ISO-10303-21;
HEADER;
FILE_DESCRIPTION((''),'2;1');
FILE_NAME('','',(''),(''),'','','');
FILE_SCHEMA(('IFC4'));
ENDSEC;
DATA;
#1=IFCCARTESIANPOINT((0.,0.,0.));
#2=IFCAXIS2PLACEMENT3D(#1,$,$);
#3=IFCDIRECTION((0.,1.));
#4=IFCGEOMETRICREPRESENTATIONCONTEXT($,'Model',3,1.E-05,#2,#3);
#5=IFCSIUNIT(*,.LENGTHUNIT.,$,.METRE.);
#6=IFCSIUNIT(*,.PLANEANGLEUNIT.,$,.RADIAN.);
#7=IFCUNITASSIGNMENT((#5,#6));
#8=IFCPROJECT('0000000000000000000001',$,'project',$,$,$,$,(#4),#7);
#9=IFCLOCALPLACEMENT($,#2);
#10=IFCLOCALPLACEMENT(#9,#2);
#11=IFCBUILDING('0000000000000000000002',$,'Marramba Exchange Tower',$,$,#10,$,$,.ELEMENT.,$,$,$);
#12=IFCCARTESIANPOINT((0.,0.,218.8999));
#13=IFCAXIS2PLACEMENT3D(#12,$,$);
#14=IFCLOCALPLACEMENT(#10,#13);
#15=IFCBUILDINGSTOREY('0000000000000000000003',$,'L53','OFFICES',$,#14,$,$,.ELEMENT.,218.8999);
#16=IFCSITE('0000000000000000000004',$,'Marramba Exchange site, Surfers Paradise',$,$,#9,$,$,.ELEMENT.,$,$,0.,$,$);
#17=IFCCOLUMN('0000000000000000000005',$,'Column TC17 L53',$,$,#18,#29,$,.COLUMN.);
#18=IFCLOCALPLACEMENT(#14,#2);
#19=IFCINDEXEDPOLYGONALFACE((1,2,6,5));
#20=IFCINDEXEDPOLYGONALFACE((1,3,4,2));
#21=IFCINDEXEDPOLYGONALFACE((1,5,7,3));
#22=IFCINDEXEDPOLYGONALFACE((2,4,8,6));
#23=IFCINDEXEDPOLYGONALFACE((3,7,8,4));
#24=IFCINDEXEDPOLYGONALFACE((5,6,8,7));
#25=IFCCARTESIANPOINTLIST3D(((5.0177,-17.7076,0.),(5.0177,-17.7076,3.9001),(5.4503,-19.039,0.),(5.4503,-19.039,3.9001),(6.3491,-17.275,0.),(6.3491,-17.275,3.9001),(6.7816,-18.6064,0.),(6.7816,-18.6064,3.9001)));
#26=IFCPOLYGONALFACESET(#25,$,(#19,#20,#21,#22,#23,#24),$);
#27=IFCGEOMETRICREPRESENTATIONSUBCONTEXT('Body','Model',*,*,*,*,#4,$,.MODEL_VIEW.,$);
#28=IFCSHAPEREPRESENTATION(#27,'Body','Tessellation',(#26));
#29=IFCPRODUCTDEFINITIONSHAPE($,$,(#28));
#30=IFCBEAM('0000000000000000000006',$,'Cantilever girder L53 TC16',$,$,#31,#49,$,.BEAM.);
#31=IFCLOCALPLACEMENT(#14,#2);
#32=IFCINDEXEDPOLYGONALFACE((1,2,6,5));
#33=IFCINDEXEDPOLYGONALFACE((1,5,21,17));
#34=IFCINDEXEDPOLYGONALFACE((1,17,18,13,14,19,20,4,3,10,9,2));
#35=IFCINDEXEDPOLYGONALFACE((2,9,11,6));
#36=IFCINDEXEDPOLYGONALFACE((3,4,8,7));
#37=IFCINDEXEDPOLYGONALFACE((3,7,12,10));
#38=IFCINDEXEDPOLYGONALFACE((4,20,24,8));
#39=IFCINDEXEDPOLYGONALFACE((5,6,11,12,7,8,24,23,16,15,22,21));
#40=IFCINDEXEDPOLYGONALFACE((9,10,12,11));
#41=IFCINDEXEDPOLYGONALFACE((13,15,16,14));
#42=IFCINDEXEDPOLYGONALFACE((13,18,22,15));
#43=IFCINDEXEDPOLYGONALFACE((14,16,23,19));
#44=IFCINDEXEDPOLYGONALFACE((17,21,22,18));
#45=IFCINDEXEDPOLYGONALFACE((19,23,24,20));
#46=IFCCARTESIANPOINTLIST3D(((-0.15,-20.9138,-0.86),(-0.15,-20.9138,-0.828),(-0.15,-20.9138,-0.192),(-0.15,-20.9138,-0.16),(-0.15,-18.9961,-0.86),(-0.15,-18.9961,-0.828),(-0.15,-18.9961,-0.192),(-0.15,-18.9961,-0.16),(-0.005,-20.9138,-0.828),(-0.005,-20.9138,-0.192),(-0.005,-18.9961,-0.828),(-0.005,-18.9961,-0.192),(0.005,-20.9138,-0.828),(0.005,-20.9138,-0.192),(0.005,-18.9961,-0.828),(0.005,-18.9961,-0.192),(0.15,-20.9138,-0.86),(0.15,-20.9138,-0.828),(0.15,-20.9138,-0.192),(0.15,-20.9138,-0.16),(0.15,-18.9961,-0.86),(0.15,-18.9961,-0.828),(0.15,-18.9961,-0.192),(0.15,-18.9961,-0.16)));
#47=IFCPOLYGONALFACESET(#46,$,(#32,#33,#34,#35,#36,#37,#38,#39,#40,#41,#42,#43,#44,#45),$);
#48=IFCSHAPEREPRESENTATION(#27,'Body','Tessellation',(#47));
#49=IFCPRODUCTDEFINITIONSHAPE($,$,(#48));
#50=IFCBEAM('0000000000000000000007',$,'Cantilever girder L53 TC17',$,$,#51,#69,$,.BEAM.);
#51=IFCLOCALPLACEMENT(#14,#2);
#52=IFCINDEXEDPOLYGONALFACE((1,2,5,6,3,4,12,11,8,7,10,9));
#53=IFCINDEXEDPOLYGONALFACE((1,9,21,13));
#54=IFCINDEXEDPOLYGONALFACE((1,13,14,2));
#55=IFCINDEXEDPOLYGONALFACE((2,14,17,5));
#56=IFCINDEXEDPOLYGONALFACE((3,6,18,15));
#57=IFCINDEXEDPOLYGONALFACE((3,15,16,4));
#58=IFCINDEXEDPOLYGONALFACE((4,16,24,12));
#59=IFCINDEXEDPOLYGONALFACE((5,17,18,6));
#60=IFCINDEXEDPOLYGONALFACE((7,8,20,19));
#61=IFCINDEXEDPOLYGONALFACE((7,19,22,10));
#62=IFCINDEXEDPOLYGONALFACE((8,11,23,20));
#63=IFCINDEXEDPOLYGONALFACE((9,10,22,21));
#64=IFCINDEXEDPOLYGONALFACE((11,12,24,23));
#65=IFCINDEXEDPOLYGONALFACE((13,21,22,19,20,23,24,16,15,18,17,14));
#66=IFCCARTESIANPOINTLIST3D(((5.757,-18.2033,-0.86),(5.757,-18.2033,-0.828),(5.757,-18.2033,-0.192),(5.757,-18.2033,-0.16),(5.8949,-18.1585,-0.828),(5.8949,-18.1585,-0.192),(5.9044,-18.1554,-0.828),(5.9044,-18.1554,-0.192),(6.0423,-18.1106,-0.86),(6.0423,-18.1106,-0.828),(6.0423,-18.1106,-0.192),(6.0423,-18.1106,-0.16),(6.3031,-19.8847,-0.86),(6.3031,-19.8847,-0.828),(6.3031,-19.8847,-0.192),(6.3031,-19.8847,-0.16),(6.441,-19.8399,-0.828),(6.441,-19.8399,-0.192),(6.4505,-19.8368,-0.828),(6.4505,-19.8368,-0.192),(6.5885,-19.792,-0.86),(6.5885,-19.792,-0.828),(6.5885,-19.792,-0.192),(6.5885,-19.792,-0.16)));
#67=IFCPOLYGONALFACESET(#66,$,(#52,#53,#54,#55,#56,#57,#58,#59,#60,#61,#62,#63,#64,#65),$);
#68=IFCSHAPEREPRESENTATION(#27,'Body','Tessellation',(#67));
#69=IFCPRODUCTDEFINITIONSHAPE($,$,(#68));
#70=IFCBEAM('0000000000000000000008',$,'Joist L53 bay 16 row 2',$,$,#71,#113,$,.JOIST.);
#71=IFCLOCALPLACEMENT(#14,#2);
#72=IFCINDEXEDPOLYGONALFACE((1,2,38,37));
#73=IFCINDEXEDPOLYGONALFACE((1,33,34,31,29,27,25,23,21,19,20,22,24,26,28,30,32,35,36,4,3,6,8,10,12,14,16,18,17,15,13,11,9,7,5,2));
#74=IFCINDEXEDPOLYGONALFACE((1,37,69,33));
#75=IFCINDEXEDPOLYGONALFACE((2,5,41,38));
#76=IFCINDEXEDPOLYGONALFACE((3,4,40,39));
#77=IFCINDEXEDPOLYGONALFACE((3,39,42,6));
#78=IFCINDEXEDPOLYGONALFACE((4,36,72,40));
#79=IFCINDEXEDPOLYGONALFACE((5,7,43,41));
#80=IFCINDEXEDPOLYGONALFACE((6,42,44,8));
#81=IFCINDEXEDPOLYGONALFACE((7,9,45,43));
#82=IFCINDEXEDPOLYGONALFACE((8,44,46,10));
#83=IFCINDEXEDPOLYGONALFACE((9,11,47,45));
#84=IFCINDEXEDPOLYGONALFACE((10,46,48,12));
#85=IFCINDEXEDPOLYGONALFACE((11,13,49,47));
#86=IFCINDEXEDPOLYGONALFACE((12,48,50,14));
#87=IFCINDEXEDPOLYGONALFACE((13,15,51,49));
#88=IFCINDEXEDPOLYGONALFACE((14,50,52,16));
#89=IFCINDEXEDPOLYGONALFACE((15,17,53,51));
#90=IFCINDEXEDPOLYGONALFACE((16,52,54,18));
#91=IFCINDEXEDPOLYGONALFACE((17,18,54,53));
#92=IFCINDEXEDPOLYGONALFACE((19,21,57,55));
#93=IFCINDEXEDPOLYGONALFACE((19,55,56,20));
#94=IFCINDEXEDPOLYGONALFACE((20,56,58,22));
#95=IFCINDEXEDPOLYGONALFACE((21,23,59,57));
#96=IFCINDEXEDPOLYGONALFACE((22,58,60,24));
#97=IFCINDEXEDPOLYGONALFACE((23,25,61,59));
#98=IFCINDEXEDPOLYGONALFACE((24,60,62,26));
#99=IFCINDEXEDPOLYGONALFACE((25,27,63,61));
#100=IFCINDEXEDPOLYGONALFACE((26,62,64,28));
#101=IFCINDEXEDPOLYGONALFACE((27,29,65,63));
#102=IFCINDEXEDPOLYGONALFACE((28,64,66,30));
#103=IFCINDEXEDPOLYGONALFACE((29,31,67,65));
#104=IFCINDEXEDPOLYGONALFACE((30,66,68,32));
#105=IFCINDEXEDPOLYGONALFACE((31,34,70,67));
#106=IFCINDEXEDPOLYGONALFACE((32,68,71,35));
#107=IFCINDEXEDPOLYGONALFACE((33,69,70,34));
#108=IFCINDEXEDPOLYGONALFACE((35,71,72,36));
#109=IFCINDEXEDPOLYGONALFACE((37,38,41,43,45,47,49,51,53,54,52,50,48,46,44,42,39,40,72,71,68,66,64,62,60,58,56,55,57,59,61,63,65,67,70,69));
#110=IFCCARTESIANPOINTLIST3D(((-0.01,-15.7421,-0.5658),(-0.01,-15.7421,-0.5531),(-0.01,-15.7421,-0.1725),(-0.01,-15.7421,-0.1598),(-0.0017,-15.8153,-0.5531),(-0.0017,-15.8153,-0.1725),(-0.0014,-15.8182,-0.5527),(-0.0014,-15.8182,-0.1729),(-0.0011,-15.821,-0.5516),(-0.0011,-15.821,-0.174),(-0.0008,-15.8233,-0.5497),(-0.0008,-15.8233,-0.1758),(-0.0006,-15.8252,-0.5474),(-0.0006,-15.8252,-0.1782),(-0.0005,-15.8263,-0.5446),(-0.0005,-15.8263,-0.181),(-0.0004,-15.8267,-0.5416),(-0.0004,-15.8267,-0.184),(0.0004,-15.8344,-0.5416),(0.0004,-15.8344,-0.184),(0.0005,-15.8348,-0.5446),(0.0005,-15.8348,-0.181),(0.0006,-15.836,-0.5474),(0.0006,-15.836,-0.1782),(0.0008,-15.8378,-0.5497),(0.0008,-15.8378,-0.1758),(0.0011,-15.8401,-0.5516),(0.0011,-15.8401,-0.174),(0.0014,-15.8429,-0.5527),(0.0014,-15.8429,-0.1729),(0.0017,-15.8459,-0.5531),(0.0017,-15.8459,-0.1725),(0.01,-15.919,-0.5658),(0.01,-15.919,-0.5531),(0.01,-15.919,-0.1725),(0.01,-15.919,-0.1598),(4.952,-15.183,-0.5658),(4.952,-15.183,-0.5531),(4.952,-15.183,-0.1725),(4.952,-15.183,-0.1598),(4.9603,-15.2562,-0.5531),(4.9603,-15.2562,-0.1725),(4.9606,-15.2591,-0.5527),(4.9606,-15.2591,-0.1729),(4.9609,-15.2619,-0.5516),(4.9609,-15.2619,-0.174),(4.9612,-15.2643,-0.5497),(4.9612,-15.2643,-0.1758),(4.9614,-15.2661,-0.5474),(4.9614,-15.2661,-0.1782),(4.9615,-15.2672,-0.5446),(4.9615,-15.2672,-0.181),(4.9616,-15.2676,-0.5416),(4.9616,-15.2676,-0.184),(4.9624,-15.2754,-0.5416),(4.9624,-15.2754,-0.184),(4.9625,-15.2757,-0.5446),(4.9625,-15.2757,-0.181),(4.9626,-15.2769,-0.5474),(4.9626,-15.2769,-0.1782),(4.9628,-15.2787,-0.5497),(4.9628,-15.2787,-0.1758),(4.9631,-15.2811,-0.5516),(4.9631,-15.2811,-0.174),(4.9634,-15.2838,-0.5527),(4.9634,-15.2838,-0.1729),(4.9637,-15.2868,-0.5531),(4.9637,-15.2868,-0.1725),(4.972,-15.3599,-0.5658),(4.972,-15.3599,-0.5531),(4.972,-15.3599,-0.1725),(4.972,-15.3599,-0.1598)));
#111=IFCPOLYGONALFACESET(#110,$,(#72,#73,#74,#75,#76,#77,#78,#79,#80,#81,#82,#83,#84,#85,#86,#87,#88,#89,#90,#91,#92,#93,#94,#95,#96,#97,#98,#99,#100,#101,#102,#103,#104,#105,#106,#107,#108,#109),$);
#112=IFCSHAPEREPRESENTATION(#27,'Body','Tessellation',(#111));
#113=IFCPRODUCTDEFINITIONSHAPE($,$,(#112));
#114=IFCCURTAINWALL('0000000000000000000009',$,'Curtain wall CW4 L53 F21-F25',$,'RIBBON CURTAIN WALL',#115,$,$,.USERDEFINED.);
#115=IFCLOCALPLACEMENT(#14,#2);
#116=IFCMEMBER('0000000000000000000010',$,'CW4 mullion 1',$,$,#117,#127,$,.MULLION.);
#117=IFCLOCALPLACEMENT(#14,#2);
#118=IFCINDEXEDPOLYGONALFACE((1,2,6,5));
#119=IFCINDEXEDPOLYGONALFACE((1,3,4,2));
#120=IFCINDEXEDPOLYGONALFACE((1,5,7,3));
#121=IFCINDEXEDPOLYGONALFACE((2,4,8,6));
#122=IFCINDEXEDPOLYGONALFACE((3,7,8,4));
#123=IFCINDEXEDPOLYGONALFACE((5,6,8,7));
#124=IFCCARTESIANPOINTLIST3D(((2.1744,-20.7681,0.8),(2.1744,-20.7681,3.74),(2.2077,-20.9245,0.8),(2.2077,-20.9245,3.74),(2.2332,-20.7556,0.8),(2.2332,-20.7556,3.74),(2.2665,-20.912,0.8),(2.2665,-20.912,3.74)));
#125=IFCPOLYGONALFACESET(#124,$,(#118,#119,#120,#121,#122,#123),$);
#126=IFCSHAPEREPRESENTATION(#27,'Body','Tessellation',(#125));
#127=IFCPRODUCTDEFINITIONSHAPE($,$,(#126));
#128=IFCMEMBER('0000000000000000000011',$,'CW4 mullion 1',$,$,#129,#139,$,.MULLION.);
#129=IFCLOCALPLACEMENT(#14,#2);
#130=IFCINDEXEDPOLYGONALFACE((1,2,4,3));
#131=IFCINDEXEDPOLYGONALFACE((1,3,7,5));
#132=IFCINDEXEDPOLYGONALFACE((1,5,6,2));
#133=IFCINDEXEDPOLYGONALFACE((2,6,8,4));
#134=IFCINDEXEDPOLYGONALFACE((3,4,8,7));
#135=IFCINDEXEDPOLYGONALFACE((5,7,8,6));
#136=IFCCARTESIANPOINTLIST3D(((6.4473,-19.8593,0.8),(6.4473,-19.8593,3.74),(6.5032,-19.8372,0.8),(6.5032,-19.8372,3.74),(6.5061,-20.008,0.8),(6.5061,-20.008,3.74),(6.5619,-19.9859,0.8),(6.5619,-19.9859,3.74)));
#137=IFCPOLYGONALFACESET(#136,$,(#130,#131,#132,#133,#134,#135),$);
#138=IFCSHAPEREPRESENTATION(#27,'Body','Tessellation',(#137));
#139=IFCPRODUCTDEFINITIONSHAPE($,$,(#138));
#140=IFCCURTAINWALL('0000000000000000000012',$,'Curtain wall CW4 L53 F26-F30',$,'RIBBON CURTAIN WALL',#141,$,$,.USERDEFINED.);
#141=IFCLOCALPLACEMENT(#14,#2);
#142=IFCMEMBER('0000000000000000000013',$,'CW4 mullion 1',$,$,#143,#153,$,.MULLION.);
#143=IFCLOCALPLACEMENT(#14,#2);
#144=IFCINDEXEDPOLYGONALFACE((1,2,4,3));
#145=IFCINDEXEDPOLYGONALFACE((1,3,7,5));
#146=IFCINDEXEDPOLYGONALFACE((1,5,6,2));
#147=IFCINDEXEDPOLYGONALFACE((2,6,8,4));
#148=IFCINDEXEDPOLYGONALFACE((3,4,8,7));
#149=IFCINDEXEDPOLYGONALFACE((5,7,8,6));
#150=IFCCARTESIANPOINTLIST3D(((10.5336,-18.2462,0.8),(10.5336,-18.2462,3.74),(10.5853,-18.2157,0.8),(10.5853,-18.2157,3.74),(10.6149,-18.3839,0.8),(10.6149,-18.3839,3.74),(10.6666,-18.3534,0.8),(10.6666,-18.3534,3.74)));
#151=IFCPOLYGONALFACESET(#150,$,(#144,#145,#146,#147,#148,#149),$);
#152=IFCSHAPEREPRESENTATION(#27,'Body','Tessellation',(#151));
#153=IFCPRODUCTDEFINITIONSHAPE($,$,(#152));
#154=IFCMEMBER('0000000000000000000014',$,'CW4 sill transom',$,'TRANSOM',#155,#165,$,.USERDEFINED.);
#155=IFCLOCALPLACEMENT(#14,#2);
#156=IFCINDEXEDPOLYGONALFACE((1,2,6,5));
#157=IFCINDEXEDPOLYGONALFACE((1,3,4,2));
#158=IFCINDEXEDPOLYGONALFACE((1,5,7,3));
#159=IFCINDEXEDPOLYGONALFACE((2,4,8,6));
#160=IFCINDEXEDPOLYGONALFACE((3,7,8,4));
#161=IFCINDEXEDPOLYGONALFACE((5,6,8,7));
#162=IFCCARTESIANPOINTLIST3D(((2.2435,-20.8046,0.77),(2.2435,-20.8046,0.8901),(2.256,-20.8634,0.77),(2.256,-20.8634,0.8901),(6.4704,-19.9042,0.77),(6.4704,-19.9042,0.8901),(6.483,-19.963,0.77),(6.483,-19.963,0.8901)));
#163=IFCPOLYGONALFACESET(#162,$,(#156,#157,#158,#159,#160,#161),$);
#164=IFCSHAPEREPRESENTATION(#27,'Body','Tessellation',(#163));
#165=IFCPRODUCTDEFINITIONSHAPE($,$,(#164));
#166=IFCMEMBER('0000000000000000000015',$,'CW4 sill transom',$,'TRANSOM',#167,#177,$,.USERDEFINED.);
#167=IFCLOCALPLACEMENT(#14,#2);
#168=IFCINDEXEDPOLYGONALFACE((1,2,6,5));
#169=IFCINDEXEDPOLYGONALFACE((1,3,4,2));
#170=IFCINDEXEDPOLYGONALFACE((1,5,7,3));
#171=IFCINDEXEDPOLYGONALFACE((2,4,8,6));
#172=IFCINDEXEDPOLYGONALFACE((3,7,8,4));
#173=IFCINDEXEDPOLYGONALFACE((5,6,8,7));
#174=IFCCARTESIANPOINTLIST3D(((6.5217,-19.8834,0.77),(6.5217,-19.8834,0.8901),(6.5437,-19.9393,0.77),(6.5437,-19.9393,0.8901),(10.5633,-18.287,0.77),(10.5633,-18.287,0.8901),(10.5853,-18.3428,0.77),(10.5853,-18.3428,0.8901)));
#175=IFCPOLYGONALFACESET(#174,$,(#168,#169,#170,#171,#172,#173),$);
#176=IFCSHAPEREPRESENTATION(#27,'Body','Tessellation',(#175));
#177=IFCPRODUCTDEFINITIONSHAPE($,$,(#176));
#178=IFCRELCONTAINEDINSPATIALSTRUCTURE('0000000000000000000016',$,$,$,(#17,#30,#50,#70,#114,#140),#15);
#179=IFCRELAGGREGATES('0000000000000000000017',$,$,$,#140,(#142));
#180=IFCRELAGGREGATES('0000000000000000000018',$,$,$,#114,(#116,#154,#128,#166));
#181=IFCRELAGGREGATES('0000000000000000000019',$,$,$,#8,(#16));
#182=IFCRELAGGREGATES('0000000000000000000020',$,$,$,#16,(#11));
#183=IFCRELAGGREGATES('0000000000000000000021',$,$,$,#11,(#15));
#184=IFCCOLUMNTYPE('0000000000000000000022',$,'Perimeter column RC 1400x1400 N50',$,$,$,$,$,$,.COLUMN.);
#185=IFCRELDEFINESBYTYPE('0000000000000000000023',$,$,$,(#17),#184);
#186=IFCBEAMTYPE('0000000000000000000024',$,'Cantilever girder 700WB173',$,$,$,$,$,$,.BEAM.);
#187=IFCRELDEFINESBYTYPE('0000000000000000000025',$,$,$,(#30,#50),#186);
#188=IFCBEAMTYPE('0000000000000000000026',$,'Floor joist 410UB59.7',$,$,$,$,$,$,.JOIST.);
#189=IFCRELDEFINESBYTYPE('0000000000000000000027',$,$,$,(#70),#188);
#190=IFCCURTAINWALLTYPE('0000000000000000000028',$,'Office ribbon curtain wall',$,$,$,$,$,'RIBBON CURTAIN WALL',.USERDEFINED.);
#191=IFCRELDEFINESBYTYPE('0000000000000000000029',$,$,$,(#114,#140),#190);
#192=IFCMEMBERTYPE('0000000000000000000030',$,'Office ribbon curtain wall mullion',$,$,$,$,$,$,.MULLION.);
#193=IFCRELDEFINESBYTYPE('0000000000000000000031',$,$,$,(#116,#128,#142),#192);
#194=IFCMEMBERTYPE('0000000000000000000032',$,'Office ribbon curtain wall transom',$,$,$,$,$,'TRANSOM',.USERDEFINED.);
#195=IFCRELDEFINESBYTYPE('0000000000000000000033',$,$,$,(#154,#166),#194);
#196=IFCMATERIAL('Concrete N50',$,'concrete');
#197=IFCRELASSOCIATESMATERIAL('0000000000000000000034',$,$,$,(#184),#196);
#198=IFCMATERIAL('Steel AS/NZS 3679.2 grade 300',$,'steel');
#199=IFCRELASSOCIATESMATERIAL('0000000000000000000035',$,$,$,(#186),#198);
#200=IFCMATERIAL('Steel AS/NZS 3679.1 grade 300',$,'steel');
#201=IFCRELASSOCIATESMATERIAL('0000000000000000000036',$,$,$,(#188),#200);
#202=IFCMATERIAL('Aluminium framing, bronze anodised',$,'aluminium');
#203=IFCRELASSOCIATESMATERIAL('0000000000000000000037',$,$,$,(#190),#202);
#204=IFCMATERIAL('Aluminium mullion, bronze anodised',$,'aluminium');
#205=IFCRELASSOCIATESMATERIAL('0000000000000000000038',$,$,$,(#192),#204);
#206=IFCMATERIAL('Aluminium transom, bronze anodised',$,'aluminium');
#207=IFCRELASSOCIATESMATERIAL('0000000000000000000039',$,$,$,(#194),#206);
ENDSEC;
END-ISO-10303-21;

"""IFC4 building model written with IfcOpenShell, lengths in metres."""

from ifc_helpers import new_model, si_unit, direction, frame, origin, origin_2d, place, context, subcontext, project, spatial, rectangle, i_section, extrude, material, material_profile, profile_set, type_object, element, aggregate, save


model = new_model("IFC4")

# Units and contexts
model_context = context("Model", 3, precision=1e-05, world=origin(), true_north=direction((0.0, 1.0)))
body_context = subcontext(model_context, "Body", "Model", "MODEL_VIEW")
ifc_project = project(units=[si_unit("LENGTHUNIT", "METRE"), si_unit("PLANEANGLEUNIT", "RADIAN")], contexts=[model_context])

# Site, building, storey
site_placement = place(None, origin())
site = spatial("IfcSite", under=ifc_project, at=site_placement, Name="Marramba Exchange site, Surfers Paradise", CompositionType="ELEMENT", RefElevation=0.0)
building_placement = place(site_placement, origin())
building = spatial("IfcBuilding", under=site, at=building_placement, Name="Marramba Exchange Tower", CompositionType="ELEMENT")
storey_placement = place(building_placement, frame((0.0, 0.0, 218.8999)))
storey = spatial("IfcBuildingStorey", under=building, at=storey_placement, Name="L53", Description="OFFICES", CompositionType="ELEMENT", Elevation=218.8999)

# Column
ifc_material_1 = material(Name="Concrete N50", Category="concrete")
ifc_material_profile_1 = material_profile(ifc_material_1, rectangle(XDim=1.3999, YDim=1.3999, at=origin_2d()), Name="RC 1400x1400")
ifc_profile_set_1 = profile_set([ifc_material_profile_1], Name="Concrete N50")
column_type = type_object("IfcColumnType", Name="Perimeter column RC 1400x1400 N50", PredefinedType="COLUMN", material=ifc_profile_set_1)
column_placement = place(storey_placement, frame((5.8997, -18.157, 0.0), z_axis=(0.0, 0.0, 1.0), x_axis=(0.309017, -0.951057, 0.0)))
element("IfcColumn", 1, at=column_placement, inside=storey, type_object=column_type, Name="Column TC17 L53", PredefinedType="COLUMN", context=body_context, shape_type="SweptSolid", body=[
    extrude(rectangle(XDim=1.3999, YDim=1.3999, at=origin_2d()), origin(), (0.0, 0.0, 1.0), 3.9001),
])

# Beams
ifc_material_2 = material(Name="Steel AS/NZS 3679.2 grade 300", Category="steel")
ifc_material_profile_2 = material_profile(ifc_material_2, i_section(OverallWidth=0.3, OverallDepth=0.7, WebThickness=0.01, FlangeThickness=0.032, at=origin_2d()), Name="700WB173")
ifc_profile_set_2 = profile_set([ifc_material_profile_2], Name="Steel AS/NZS 3679.2 grade 300")
beam_type_1 = type_object("IfcBeamType", Name="Cantilever girder 700WB173", PredefinedType="BEAM", material=ifc_profile_set_2)
beam_1_placement = place(storey_placement, frame((0.0, -18.9961, -0.51), z_axis=(0.0, -1.0, 0.0), x_axis=(1.0, 0.0, 0.0)))
element("IfcBeam", 2, at=beam_1_placement, inside=storey, type_object=beam_type_1, Name="Cantilever girder L53 TC16", PredefinedType="BEAM", context=body_context, shape_type="SweptSolid", body=[
    extrude(i_section(OverallWidth=0.3, OverallDepth=0.7, WebThickness=0.01, FlangeThickness=0.032, at=origin_2d()), origin(), (0.0, 0.0, 1.0), 1.9177),
])
beam_2_placement = place(storey_placement, frame((5.8997, -18.157, -0.51), z_axis=(0.308927, -0.951086, 0.0), x_axis=(0.951086, 0.308927, 0.0)))
element("IfcBeam", 3, at=beam_2_placement, inside=storey, type_object=beam_type_1, Name="Cantilever girder L53 TC17", PredefinedType="BEAM", context=body_context, shape_type="SweptSolid", body=[
    extrude(i_section(OverallWidth=0.3, OverallDepth=0.7, WebThickness=0.01, FlangeThickness=0.032, at=origin_2d()), origin(), (0.0, 0.0, 1.0), 1.7678),
])
ifc_material_3 = material(Name="Steel AS/NZS 3679.1 grade 300", Category="steel")
ifc_material_profile_3 = material_profile(ifc_material_3, i_section(OverallWidth=0.178, OverallDepth=0.406, WebThickness=0.0078, FlangeThickness=0.0127, FilletRadius=0.0115, at=origin_2d()), Name="410UB59.7")
ifc_profile_set_3 = profile_set([ifc_material_profile_3], Name="Steel AS/NZS 3679.1 grade 300")
beam_type_2 = type_object("IfcBeamType", Name="Floor joist 410UB59.7", PredefinedType="JOIST", material=ifc_profile_set_3)
beam_3_placement = place(storey_placement, frame((0.0, -15.8306, -0.3628), z_axis=(0.993712, 0.111966, 0.0), x_axis=(-0.111966, 0.993712, 0.0)))
element("IfcBeam", 4, at=beam_3_placement, inside=storey, type_object=beam_type_2, Name="Joist L53 bay 16 row 2", PredefinedType="JOIST", context=body_context, shape_type="SweptSolid", body=[
    extrude(i_section(OverallWidth=0.178, OverallDepth=0.406, WebThickness=0.0078, FlangeThickness=0.0127, FilletRadius=0.0115, at=origin_2d()), origin(), (0.0, 0.0, 1.0), 4.9934),
])

# Curtain wall, members
ifc_material_4 = material(Name="Aluminium framing, bronze anodised", Category="aluminium")
curtain_wall_type = type_object("IfcCurtainWallType", Name="Office ribbon curtain wall", ElementType="RIBBON CURTAIN WALL", PredefinedType="USERDEFINED", material=ifc_material_4)
curtain_wall_1_placement = place(storey_placement, origin())
curtain_wall_1 = element("IfcCurtainWall", 5, at=curtain_wall_1_placement, inside=storey, type_object=curtain_wall_type, Name="Curtain wall CW4 L53 F21-F25", ObjectType="RIBBON CURTAIN WALL", PredefinedType="USERDEFINED")
ifc_material_5 = material(Name="Aluminium mullion, bronze anodised", Category="aluminium")
ifc_material_profile_4 = material_profile(ifc_material_5, rectangle(XDim=0.1599, YDim=0.0601, at=origin_2d()), Name="CW4 mullion 60x160")
ifc_profile_set_4 = profile_set([ifc_material_profile_4], Name="Aluminium mullion, bronze anodised")
member_type_1 = type_object("IfcMemberType", Name="Office ribbon curtain wall mullion", PredefinedType="MULLION", material=ifc_profile_set_4)
member_1_placement = place(storey_placement, frame((2.2205, -20.8401, 0.8), z_axis=(0.0, 0.0, 1.0), x_axis=(-0.208332, 0.978058, 0.0)))
member_1 = element("IfcMember", 6, at=member_1_placement, type_object=member_type_1, Name="CW4 mullion 1", PredefinedType="MULLION", context=body_context, shape_type="SweptSolid", body=[
    extrude(rectangle(XDim=0.1599, YDim=0.0601, at=origin_2d()), origin(), (0.0, 0.0, 1.0), 2.9399),
])
member_2_placement = place(storey_placement, frame((6.5046, -19.9226, 0.8), z_axis=(0.0, 0.0, 1.0), x_axis=(-0.367375, 0.930073, 0.0)))
member_2 = element("IfcMember", 7, at=member_2_placement, type_object=member_type_1, Name="CW4 mullion 1", PredefinedType="MULLION", context=body_context, shape_type="SweptSolid", body=[
    extrude(rectangle(XDim=0.1599, YDim=0.0601, at=origin_2d()), origin(), (0.0, 0.0, 1.0), 2.9399),
])

# Curtain wall, member
curtain_wall_2_placement = place(storey_placement, origin())
curtain_wall_2 = element("IfcCurtainWall", 8, at=curtain_wall_2_placement, inside=storey, type_object=curtain_wall_type, Name="Curtain wall CW4 L53 F26-F30", ObjectType="RIBBON CURTAIN WALL", PredefinedType="USERDEFINED")
member_3_placement = place(storey_placement, frame((10.6001, -18.2998, 0.8), z_axis=(0.0, 0.0, 1.0), x_axis=(-0.508011, 0.861351, 0.0)))
member_3 = element("IfcMember", 9, at=member_3_placement, type_object=member_type_1, Name="CW4 mullion 1", PredefinedType="MULLION", context=body_context, shape_type="SweptSolid", body=[
    extrude(rectangle(XDim=0.1599, YDim=0.0601, at=origin_2d()), origin(), (0.0, 0.0, 1.0), 2.9399),
])
aggregate(curtain_wall_2, [member_3])

# Members
ifc_material_6 = material(Name="Aluminium transom, bronze anodised", Category="aluminium")
ifc_material_profile_5 = material_profile(ifc_material_6, rectangle(XDim=0.0601, YDim=0.1201, at=origin_2d()), Name="CW4 transom 60x120")
ifc_profile_set_5 = profile_set([ifc_material_profile_5], Name="Aluminium transom, bronze anodised")
member_type_2 = type_object("IfcMemberType", Name="Office ribbon curtain wall transom", ElementType="TRANSOM", PredefinedType="USERDEFINED", material=ifc_profile_set_5)
member_4_placement = place(storey_placement, frame((2.2498, -20.834, 0.8301), z_axis=(0.978058, 0.208333, 0.0), x_axis=(-0.208333, 0.978058, 0.0)))
member_4 = element("IfcMember", 10, at=member_4_placement, type_object=member_type_2, Name="CW4 sill transom", ObjectType="TRANSOM", PredefinedType="USERDEFINED", context=body_context, shape_type="SweptSolid", body=[
    extrude(rectangle(XDim=0.0601, YDim=0.1201, at=origin_2d()), origin(), (0.0, 0.0, 1.0), 4.3218),
])
member_5_placement = place(storey_placement, frame((6.5327, -19.9114, 0.8301), z_axis=(0.930068, 0.367387, 0.0), x_axis=(-0.367387, 0.930068, 0.0)))
member_5 = element("IfcMember", 11, at=member_5_placement, type_object=member_type_2, Name="CW4 sill transom", ObjectType="TRANSOM", PredefinedType="USERDEFINED", context=body_context, shape_type="SweptSolid", body=[
    extrude(rectangle(XDim=0.0601, YDim=0.1201, at=origin_2d()), origin(), (0.0, 0.0, 1.0), 4.3455),
])

aggregate(curtain_wall_1, [member_1, member_4, member_2, member_5])

save(model, "model.ifc")
